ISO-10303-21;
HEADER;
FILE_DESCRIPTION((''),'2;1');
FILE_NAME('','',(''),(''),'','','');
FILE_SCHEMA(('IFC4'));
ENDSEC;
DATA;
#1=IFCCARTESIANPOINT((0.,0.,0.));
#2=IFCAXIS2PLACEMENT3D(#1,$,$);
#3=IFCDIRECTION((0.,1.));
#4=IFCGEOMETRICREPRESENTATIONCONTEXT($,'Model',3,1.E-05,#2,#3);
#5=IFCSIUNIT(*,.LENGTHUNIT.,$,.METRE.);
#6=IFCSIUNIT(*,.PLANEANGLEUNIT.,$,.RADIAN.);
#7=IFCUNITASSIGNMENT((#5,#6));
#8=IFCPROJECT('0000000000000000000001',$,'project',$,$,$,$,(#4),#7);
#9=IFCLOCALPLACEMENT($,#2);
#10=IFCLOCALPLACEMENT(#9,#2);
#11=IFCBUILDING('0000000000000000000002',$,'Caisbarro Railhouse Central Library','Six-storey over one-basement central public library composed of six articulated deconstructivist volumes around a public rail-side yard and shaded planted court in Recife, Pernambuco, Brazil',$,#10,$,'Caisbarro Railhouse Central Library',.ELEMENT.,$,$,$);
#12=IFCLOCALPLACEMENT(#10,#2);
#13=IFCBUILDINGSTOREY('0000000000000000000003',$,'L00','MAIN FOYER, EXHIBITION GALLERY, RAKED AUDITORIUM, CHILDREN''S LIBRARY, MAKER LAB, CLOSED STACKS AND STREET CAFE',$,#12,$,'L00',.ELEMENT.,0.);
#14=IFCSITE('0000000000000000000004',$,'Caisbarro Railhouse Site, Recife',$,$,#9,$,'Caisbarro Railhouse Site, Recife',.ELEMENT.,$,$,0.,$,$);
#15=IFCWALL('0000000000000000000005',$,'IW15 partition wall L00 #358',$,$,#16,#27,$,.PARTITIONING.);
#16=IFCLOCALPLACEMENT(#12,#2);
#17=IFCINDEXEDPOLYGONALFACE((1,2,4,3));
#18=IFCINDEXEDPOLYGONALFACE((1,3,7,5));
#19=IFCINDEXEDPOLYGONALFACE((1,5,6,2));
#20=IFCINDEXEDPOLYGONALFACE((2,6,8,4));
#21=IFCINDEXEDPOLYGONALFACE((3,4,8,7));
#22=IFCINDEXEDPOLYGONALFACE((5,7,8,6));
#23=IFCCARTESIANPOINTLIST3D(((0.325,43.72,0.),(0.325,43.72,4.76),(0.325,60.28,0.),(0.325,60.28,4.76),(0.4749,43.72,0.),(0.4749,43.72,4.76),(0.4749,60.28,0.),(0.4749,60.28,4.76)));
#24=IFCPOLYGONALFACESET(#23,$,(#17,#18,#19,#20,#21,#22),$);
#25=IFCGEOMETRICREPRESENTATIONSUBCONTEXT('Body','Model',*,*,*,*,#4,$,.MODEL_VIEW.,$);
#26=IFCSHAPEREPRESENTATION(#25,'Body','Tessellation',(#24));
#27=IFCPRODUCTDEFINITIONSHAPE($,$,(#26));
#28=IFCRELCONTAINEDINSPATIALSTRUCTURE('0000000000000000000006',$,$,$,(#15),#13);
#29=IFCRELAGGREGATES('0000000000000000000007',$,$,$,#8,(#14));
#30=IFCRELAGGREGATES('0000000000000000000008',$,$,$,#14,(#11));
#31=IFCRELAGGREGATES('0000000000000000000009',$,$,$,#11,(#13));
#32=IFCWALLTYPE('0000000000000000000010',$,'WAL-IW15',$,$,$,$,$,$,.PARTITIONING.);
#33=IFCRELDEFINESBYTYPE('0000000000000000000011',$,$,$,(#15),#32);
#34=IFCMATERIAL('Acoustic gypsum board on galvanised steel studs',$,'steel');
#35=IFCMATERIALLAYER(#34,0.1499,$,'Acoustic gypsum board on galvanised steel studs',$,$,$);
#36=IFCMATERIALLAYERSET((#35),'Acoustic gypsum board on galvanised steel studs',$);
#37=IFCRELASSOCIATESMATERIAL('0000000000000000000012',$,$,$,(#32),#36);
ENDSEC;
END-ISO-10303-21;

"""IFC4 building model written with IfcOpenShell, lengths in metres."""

from ifc_helpers import new_model, si_unit, direction, frame, frame_2d, origin, place, context, subcontext, project, spatial, rectangle, extrude, material, layer, layer_set, type_object, element, save


model = new_model("IFC4")

# Units and contexts
model_context = context("Model", 3, precision=1e-05, world=origin(), true_north=direction((0.0, 1.0)))
body_context = subcontext(model_context, "Body", "Model", "MODEL_VIEW")
ifc_project = project(units=[si_unit("LENGTHUNIT", "METRE"), si_unit("PLANEANGLEUNIT", "RADIAN")], contexts=[model_context])

# Site, building, storey
site_placement = place(None, origin())
site = spatial("IfcSite", under=ifc_project, at=site_placement, Name="Caisbarro Railhouse Site, Recife", LongName="Caisbarro Railhouse Site, Recife", CompositionType="ELEMENT", RefElevation=0.0)
building_placement = place(site_placement, origin())
building = spatial("IfcBuilding", under=site, at=building_placement, Name="Caisbarro Railhouse Central Library", Description="Six-storey over one-basement central public library composed of six articulated deconstructivist volumes around a public rail-side yard and shaded planted court in Recife, Pernambuco, Brazil", LongName="Caisbarro Railhouse Central Library", CompositionType="ELEMENT")
storey_placement = place(building_placement, origin())
storey = spatial("IfcBuildingStorey", under=building, at=storey_placement, Name="L00", Description="MAIN FOYER, EXHIBITION GALLERY, RAKED AUDITORIUM, CHILDREN'S LIBRARY, MAKER LAB, CLOSED STACKS AND STREET CAFE", LongName="L00", CompositionType="ELEMENT", Elevation=0.0)

# Shared definitions
ifc_material_1 = material(Name="Acoustic gypsum board on galvanised steel studs", Category="steel")

# Wall
ifc_layer_1 = layer(ifc_material_1, 0.1499, Name="Acoustic gypsum board on galvanised steel studs")
ifc_layer_set_1 = layer_set([ifc_layer_1], Name="Acoustic gypsum board on galvanised steel studs")
wall_type_1 = type_object("IfcWallType", Name="WAL-IW15", PredefinedType="PARTITIONING", material=ifc_layer_set_1)
wall_1_placement = place(storey_placement, frame((0.3999, 43.72, 0.0), z_axis=(0.0, 0.0, 1.0), x_axis=(0.0, 1.0, 0.0)))
element("IfcWall", 1, at=wall_1_placement, inside=storey, type_object=wall_type_1, Name="IW15 partition wall L00 #358", PredefinedType="PARTITIONING", context=body_context, shape_type="SweptSolid", body=[
    extrude(rectangle(XDim=16.5601, YDim=0.1499, at=frame_2d((8.28, 0.0))), origin(), (0.0, 0.0, 1.0), 4.76),
])

save(model, "model.ifc")
